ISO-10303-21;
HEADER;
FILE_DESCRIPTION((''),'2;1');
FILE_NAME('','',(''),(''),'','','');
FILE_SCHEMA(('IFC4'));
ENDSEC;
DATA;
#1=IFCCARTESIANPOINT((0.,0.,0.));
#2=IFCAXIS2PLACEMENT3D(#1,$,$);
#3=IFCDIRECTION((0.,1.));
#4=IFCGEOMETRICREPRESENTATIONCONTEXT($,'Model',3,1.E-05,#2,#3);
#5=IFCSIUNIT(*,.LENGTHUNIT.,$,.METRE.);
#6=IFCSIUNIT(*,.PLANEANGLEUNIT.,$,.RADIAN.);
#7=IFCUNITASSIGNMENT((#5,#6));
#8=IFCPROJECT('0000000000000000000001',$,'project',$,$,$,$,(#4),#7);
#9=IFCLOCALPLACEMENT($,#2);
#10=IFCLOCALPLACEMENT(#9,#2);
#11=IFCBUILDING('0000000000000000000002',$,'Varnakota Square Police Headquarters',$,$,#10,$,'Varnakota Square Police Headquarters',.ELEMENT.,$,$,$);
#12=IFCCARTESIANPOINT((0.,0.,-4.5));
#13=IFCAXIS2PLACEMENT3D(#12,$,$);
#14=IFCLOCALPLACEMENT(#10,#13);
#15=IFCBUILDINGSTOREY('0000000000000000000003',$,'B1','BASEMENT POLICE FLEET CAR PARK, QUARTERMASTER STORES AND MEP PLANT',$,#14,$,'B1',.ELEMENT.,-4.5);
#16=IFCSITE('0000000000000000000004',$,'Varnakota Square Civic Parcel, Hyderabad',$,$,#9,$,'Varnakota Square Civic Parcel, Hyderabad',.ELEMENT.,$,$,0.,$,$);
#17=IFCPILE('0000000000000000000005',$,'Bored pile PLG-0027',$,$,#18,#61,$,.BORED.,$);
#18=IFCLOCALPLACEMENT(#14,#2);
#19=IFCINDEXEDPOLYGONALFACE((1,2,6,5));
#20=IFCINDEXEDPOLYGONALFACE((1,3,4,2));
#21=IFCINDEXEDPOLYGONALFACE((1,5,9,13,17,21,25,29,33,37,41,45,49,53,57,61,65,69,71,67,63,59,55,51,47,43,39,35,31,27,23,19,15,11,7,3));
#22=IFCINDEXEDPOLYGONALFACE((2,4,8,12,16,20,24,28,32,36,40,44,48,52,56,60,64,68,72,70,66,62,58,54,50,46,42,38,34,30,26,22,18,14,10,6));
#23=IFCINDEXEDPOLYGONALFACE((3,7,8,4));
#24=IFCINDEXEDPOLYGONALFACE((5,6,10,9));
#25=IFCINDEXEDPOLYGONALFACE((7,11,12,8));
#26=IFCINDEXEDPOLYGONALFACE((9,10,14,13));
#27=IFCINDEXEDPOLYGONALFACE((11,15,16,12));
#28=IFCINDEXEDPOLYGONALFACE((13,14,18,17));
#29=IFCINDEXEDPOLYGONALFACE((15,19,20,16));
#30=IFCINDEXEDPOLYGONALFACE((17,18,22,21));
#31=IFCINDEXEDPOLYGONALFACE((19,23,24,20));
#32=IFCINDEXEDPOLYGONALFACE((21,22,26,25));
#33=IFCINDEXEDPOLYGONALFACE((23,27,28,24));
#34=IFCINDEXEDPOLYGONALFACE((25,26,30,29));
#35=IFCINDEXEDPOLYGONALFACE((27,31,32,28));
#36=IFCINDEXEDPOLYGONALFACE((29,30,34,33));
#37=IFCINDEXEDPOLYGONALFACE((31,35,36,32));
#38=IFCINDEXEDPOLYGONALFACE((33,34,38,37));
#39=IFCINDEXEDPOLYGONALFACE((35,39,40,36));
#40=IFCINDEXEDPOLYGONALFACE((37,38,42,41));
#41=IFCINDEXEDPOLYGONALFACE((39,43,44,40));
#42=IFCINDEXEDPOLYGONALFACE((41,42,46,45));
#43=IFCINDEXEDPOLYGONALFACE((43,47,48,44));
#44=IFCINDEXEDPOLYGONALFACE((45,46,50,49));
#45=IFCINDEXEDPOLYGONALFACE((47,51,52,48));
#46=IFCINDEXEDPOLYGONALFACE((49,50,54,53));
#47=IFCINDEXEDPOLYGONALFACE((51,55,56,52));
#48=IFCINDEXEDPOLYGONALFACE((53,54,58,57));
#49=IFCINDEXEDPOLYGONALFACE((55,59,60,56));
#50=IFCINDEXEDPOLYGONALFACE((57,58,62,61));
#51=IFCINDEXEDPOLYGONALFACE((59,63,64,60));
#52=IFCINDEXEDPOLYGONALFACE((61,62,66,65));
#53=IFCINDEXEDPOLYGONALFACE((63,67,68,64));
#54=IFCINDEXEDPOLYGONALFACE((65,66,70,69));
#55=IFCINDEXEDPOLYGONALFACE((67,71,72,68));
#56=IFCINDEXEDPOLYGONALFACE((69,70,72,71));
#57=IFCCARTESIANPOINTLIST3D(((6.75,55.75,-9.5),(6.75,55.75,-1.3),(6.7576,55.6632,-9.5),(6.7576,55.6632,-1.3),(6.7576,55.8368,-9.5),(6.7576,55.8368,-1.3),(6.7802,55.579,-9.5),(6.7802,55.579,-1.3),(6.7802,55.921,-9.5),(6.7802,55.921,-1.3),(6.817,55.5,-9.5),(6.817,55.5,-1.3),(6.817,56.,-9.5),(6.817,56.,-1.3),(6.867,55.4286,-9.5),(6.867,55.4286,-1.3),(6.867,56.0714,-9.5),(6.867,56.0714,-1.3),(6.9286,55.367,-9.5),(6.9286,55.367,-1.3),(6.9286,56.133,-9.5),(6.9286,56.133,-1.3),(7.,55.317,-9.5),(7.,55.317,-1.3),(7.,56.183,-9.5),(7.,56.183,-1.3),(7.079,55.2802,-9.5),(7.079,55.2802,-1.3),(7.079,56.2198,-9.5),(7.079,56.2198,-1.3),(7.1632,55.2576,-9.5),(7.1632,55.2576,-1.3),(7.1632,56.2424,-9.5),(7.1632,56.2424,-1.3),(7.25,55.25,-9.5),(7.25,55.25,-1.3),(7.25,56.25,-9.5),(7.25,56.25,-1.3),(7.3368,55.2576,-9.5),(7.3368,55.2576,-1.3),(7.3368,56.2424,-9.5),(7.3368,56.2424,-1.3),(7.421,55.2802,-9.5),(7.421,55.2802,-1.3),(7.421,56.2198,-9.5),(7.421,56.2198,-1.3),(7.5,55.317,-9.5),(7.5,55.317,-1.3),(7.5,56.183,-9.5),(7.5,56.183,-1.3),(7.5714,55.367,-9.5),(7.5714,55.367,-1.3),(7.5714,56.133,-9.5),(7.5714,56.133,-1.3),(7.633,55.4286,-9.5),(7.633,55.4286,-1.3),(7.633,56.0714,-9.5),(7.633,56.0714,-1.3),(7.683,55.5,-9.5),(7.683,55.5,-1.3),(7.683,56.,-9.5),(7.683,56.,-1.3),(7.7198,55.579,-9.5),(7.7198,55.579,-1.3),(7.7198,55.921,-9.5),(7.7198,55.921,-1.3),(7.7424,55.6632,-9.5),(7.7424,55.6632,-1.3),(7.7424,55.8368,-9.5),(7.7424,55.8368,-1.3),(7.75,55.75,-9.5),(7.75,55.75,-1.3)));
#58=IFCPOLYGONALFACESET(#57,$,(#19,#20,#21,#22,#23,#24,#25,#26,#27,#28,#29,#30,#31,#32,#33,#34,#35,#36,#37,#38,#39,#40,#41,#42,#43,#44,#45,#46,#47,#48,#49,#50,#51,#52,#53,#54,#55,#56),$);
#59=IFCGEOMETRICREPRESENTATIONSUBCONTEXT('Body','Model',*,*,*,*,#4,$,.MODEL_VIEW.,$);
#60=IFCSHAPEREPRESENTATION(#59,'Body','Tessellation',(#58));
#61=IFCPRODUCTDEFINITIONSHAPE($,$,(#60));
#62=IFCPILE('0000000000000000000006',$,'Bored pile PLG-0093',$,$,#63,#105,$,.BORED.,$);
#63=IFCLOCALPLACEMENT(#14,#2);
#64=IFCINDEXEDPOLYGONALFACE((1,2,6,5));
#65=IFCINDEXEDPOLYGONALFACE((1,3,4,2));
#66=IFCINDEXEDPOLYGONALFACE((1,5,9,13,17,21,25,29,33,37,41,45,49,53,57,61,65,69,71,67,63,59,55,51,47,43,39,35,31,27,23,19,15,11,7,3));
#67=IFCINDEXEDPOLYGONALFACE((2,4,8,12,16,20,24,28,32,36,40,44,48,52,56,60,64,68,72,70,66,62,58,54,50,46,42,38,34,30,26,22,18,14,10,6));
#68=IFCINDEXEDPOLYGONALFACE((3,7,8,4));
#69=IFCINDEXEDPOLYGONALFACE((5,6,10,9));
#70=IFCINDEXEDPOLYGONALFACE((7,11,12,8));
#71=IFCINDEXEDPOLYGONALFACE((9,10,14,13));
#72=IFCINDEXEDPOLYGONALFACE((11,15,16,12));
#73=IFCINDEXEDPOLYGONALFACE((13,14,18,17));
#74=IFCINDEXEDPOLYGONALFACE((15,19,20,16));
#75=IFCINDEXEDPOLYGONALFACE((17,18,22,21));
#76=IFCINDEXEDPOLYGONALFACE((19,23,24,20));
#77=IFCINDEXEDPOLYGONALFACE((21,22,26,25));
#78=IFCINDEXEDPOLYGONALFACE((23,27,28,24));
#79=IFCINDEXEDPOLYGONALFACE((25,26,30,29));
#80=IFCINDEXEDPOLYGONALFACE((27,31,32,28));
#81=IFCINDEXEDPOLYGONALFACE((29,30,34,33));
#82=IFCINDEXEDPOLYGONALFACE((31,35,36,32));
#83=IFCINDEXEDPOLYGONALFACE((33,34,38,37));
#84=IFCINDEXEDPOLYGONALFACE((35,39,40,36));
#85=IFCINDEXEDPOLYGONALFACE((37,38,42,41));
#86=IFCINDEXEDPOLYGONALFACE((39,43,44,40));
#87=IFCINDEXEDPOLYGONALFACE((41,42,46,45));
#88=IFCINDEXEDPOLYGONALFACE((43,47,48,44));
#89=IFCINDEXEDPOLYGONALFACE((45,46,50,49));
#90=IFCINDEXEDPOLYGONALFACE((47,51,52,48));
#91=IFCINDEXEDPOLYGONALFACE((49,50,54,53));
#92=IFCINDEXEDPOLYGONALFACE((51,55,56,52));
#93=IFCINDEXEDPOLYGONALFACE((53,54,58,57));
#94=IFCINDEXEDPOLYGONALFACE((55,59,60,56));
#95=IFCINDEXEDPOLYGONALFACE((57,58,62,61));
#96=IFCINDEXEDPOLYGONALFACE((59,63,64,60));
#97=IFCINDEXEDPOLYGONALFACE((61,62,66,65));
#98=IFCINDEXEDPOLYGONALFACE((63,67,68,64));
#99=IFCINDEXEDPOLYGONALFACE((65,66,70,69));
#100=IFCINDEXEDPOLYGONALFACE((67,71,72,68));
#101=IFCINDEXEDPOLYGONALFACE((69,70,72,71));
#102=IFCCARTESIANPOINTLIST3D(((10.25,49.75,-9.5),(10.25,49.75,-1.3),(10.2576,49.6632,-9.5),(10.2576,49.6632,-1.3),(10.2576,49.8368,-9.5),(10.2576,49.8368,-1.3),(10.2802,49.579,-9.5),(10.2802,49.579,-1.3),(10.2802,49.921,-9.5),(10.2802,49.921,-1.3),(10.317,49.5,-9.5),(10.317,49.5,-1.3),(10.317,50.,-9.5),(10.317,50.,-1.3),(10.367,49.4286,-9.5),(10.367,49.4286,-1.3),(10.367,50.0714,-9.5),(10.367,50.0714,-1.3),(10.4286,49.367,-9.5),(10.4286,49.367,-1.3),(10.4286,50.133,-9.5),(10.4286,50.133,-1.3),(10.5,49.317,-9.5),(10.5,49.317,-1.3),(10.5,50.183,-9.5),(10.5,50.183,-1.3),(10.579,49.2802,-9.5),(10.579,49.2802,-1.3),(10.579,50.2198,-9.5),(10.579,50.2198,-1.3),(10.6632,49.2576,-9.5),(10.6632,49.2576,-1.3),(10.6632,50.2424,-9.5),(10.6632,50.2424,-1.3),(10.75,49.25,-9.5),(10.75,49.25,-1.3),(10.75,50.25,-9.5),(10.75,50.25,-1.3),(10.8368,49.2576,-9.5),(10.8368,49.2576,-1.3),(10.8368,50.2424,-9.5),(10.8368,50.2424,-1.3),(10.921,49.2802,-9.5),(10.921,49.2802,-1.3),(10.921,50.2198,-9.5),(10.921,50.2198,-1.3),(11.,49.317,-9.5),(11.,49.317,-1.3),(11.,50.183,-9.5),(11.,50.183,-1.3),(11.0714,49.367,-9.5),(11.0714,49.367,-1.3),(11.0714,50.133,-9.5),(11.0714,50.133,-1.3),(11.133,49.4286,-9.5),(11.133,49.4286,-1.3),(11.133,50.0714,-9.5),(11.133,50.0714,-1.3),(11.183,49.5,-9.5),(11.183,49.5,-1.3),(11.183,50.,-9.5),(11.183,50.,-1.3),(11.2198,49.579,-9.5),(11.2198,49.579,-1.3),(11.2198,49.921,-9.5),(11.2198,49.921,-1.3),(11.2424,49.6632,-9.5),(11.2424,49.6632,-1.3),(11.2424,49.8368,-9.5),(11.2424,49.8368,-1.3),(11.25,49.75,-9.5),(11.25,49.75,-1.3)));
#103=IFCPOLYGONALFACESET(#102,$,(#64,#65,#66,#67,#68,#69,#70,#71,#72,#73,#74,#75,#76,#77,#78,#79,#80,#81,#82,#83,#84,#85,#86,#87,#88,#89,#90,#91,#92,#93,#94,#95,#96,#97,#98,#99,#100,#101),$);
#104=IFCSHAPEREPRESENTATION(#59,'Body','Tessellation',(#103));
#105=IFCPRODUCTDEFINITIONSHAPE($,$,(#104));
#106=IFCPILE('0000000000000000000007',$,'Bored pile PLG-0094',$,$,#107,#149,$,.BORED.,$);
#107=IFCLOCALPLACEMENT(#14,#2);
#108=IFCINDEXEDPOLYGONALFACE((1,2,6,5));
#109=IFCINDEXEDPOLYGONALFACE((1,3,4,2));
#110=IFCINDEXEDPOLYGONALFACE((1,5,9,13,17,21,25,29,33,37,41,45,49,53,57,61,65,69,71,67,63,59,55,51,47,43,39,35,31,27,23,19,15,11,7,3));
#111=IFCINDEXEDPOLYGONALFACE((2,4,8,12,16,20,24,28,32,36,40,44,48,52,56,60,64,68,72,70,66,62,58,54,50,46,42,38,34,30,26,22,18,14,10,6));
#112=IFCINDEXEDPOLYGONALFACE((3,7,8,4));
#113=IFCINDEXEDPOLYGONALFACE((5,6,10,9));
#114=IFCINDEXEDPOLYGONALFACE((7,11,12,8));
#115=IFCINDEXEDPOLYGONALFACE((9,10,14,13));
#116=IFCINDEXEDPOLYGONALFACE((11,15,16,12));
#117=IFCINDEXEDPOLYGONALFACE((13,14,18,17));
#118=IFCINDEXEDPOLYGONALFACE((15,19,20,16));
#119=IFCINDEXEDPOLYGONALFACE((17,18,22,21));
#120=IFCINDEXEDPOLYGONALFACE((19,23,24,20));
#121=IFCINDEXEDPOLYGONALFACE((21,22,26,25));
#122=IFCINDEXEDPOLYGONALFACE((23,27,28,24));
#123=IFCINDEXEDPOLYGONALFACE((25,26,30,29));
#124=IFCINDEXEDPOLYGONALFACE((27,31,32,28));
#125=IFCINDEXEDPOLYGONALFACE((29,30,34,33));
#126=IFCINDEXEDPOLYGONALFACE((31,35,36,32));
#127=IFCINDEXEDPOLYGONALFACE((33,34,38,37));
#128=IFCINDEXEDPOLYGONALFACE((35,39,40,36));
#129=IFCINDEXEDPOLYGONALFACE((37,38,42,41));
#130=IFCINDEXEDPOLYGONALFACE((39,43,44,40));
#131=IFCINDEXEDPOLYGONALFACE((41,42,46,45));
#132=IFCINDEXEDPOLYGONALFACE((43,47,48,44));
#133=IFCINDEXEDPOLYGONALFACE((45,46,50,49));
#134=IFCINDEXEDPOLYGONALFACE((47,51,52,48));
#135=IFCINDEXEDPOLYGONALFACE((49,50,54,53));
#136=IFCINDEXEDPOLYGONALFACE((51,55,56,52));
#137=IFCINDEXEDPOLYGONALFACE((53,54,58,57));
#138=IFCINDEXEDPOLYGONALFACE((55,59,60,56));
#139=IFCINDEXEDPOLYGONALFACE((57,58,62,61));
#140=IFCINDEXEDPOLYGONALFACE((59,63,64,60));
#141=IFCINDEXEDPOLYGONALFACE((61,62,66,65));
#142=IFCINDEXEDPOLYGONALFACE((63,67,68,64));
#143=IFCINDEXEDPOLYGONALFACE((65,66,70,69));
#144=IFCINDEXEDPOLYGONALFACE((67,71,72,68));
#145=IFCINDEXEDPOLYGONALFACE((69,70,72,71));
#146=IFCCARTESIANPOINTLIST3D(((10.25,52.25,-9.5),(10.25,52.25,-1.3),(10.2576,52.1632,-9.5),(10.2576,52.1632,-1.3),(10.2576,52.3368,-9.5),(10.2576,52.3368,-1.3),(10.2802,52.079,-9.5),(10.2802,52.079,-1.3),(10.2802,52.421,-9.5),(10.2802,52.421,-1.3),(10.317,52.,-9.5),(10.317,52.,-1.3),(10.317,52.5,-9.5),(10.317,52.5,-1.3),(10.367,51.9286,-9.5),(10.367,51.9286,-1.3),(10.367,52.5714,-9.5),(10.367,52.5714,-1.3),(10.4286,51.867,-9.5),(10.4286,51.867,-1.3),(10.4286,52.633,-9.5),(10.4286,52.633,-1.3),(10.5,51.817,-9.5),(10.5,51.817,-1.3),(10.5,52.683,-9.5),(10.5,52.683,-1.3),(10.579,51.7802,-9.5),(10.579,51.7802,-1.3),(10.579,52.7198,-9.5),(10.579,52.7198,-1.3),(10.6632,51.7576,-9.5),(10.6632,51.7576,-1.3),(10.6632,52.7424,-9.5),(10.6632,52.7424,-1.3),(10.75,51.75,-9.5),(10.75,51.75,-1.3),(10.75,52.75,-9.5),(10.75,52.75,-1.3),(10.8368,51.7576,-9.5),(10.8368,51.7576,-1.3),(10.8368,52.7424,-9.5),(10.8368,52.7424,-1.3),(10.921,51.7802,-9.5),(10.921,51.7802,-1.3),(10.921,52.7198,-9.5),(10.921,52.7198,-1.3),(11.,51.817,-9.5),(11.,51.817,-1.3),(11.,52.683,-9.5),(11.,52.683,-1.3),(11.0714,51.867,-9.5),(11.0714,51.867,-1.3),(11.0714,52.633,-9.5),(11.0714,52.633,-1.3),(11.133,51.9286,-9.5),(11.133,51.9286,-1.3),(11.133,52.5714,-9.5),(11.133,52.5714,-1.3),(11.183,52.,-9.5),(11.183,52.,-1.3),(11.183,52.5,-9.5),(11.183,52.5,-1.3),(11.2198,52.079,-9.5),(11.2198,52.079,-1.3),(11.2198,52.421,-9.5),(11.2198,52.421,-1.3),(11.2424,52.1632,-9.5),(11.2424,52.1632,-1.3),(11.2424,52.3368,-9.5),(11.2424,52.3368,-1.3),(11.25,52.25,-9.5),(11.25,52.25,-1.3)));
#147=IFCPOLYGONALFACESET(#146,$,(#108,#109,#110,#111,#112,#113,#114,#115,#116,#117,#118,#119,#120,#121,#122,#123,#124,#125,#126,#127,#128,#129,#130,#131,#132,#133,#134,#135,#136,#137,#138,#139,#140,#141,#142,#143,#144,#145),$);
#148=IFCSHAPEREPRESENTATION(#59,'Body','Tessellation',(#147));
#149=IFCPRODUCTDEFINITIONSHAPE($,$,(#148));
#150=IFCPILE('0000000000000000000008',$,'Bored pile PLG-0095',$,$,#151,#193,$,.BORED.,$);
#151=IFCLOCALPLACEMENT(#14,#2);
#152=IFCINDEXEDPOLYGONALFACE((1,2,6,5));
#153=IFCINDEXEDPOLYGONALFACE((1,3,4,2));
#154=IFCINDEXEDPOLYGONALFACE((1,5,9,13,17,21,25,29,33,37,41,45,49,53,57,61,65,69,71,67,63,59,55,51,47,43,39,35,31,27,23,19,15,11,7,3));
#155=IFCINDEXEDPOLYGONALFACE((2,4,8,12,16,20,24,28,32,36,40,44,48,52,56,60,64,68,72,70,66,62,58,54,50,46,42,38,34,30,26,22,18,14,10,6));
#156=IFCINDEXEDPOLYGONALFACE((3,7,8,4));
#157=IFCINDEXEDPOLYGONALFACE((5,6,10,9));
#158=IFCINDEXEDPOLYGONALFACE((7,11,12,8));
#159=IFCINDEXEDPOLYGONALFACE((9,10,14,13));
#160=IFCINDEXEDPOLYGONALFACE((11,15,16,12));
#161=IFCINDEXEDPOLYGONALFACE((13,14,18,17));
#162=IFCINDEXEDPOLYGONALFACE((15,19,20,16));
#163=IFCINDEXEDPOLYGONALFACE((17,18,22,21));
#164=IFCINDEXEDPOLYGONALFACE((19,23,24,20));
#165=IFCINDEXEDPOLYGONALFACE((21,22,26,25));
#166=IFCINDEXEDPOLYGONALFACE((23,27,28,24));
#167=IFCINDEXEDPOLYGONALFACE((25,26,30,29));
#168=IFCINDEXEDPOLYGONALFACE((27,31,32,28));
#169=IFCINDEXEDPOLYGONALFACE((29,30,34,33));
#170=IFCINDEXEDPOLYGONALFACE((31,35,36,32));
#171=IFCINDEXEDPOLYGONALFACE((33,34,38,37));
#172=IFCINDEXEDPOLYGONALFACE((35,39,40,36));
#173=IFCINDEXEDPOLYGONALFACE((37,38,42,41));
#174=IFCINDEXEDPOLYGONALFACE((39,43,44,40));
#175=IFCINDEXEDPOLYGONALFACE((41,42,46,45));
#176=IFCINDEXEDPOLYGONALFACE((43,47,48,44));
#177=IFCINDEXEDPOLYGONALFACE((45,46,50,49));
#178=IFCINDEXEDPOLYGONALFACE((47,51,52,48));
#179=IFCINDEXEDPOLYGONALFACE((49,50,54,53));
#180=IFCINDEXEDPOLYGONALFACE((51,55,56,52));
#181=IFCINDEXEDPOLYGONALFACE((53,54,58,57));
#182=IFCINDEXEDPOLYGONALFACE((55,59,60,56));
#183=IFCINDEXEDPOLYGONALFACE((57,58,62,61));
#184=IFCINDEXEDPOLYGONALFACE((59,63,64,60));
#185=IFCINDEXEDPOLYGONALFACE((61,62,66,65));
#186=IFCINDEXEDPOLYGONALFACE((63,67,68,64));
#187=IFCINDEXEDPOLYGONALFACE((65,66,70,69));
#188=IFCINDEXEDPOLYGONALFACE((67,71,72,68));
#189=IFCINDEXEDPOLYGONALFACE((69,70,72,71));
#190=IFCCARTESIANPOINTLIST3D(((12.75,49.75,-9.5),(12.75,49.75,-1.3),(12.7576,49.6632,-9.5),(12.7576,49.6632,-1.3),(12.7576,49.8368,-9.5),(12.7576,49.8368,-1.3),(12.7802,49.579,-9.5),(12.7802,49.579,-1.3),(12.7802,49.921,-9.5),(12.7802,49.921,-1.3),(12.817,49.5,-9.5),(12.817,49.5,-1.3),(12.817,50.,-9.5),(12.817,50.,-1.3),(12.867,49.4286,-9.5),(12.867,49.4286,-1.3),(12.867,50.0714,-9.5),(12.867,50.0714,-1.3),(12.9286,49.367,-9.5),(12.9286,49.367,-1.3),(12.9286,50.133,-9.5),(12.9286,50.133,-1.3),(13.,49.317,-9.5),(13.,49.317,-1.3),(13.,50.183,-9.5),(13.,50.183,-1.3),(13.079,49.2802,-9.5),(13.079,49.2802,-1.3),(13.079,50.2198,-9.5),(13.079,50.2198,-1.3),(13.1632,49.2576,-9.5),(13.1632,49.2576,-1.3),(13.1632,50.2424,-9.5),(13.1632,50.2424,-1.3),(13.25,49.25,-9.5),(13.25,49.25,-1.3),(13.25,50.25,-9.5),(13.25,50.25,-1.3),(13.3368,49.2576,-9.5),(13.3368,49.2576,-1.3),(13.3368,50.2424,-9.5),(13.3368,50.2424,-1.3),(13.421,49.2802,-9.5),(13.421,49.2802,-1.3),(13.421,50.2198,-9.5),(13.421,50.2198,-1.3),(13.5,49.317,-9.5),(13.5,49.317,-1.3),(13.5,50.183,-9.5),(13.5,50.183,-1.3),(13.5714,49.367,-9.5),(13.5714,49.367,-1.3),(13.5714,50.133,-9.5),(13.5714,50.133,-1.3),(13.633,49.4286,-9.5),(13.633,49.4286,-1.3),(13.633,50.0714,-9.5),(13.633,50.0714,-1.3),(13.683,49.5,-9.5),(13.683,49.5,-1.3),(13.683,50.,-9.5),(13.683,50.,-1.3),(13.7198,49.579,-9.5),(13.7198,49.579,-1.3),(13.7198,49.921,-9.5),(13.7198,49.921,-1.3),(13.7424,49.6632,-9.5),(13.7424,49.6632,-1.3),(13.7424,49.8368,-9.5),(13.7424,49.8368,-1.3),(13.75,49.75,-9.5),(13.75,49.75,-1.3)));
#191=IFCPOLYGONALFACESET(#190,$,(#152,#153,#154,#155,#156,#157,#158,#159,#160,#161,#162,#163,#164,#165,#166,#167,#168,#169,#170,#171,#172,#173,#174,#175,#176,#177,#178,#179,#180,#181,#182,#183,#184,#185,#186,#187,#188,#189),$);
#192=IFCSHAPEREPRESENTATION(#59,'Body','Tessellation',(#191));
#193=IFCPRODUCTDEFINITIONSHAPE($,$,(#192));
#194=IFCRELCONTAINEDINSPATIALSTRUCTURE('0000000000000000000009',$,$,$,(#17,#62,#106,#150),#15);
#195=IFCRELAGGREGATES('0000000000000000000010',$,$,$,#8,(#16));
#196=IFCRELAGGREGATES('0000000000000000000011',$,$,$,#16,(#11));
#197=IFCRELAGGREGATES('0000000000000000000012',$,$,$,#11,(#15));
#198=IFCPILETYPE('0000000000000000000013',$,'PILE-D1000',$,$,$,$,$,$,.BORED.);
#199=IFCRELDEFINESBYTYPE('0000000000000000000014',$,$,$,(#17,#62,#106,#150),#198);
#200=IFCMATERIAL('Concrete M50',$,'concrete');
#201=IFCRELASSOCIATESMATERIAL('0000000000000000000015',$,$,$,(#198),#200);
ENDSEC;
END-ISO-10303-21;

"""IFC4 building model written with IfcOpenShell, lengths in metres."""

from ifc_helpers import new_model, si_unit, direction, frame, origin, origin_2d, place, context, subcontext, project, spatial, circle, extrude, material, material_profile, profile_set, type_object, element, save


model = new_model("IFC4")

# Units and contexts
model_context = context("Model", 3, precision=1e-05, world=origin(), true_north=direction((0.0, 1.0)))
body_context = subcontext(model_context, "Body", "Model", "MODEL_VIEW")
ifc_project = project(units=[si_unit("LENGTHUNIT", "METRE"), si_unit("PLANEANGLEUNIT", "RADIAN")], contexts=[model_context])

# Site, building, storey
site_placement = place(None, origin())
site = spatial("IfcSite", under=ifc_project, at=site_placement, Name="Varnakota Square Civic Parcel, Hyderabad", LongName="Varnakota Square Civic Parcel, Hyderabad", CompositionType="ELEMENT", RefElevation=0.0)
building_placement = place(site_placement, origin())
building = spatial("IfcBuilding", under=site, at=building_placement, Name="Varnakota Square Police Headquarters", LongName="Varnakota Square Police Headquarters", CompositionType="ELEMENT")
storey_placement = place(building_placement, frame((0.0, 0.0, -4.5)))
storey = spatial("IfcBuildingStorey", under=building, at=storey_placement, Name="B1", Description="BASEMENT POLICE FLEET CAR PARK, QUARTERMASTER STORES AND MEP PLANT", LongName="B1", CompositionType="ELEMENT", Elevation=-4.5)

# Shared definitions
ifc_material_1 = material(Name="Concrete M50", Category="concrete")

# Piles
ifc_material_profile_1 = material_profile(ifc_material_1, circle(Radius=0.5, at=origin_2d()), Name="BORED PILE 1000")
ifc_profile_set_1 = profile_set([ifc_material_profile_1], Name="Concrete M50")
pile_type = type_object("IfcPileType", Name="PILE-D1000", PredefinedType="BORED", material=ifc_profile_set_1)
for number, where, z_axis, x_axis, name in (
    (1, (7.25, 55.75, -1.3), (0.0, 0.0, -1.0), (1.0, 0.0, 0.0), "Bored pile PLG-0027"),
    (2, (10.75, 49.75, -1.3), (0.0, 0.0, -1.0), (1.0, 0.0, 0.0), "Bored pile PLG-0093"),
    (3, (10.75, 52.25, -1.3), (0.0, 0.0, -1.0), (1.0, 0.0, 0.0), "Bored pile PLG-0094"),
    (4, (13.25, 49.75, -1.3), (0.0, 0.0, -1.0), (1.0, 0.0, 0.0), "Bored pile PLG-0095"),
):
    element("IfcPile", number, at=place(storey_placement, frame(where, z_axis=z_axis, x_axis=x_axis)), inside=storey, type_object=pile_type, Name=name, PredefinedType="BORED", context=body_context, shape_type="SweptSolid", body=[
        extrude(circle(Radius=0.5, at=origin_2d()), origin(), (0.0, 0.0, 1.0), 8.2),
    ])

save(model, "model.ifc")
